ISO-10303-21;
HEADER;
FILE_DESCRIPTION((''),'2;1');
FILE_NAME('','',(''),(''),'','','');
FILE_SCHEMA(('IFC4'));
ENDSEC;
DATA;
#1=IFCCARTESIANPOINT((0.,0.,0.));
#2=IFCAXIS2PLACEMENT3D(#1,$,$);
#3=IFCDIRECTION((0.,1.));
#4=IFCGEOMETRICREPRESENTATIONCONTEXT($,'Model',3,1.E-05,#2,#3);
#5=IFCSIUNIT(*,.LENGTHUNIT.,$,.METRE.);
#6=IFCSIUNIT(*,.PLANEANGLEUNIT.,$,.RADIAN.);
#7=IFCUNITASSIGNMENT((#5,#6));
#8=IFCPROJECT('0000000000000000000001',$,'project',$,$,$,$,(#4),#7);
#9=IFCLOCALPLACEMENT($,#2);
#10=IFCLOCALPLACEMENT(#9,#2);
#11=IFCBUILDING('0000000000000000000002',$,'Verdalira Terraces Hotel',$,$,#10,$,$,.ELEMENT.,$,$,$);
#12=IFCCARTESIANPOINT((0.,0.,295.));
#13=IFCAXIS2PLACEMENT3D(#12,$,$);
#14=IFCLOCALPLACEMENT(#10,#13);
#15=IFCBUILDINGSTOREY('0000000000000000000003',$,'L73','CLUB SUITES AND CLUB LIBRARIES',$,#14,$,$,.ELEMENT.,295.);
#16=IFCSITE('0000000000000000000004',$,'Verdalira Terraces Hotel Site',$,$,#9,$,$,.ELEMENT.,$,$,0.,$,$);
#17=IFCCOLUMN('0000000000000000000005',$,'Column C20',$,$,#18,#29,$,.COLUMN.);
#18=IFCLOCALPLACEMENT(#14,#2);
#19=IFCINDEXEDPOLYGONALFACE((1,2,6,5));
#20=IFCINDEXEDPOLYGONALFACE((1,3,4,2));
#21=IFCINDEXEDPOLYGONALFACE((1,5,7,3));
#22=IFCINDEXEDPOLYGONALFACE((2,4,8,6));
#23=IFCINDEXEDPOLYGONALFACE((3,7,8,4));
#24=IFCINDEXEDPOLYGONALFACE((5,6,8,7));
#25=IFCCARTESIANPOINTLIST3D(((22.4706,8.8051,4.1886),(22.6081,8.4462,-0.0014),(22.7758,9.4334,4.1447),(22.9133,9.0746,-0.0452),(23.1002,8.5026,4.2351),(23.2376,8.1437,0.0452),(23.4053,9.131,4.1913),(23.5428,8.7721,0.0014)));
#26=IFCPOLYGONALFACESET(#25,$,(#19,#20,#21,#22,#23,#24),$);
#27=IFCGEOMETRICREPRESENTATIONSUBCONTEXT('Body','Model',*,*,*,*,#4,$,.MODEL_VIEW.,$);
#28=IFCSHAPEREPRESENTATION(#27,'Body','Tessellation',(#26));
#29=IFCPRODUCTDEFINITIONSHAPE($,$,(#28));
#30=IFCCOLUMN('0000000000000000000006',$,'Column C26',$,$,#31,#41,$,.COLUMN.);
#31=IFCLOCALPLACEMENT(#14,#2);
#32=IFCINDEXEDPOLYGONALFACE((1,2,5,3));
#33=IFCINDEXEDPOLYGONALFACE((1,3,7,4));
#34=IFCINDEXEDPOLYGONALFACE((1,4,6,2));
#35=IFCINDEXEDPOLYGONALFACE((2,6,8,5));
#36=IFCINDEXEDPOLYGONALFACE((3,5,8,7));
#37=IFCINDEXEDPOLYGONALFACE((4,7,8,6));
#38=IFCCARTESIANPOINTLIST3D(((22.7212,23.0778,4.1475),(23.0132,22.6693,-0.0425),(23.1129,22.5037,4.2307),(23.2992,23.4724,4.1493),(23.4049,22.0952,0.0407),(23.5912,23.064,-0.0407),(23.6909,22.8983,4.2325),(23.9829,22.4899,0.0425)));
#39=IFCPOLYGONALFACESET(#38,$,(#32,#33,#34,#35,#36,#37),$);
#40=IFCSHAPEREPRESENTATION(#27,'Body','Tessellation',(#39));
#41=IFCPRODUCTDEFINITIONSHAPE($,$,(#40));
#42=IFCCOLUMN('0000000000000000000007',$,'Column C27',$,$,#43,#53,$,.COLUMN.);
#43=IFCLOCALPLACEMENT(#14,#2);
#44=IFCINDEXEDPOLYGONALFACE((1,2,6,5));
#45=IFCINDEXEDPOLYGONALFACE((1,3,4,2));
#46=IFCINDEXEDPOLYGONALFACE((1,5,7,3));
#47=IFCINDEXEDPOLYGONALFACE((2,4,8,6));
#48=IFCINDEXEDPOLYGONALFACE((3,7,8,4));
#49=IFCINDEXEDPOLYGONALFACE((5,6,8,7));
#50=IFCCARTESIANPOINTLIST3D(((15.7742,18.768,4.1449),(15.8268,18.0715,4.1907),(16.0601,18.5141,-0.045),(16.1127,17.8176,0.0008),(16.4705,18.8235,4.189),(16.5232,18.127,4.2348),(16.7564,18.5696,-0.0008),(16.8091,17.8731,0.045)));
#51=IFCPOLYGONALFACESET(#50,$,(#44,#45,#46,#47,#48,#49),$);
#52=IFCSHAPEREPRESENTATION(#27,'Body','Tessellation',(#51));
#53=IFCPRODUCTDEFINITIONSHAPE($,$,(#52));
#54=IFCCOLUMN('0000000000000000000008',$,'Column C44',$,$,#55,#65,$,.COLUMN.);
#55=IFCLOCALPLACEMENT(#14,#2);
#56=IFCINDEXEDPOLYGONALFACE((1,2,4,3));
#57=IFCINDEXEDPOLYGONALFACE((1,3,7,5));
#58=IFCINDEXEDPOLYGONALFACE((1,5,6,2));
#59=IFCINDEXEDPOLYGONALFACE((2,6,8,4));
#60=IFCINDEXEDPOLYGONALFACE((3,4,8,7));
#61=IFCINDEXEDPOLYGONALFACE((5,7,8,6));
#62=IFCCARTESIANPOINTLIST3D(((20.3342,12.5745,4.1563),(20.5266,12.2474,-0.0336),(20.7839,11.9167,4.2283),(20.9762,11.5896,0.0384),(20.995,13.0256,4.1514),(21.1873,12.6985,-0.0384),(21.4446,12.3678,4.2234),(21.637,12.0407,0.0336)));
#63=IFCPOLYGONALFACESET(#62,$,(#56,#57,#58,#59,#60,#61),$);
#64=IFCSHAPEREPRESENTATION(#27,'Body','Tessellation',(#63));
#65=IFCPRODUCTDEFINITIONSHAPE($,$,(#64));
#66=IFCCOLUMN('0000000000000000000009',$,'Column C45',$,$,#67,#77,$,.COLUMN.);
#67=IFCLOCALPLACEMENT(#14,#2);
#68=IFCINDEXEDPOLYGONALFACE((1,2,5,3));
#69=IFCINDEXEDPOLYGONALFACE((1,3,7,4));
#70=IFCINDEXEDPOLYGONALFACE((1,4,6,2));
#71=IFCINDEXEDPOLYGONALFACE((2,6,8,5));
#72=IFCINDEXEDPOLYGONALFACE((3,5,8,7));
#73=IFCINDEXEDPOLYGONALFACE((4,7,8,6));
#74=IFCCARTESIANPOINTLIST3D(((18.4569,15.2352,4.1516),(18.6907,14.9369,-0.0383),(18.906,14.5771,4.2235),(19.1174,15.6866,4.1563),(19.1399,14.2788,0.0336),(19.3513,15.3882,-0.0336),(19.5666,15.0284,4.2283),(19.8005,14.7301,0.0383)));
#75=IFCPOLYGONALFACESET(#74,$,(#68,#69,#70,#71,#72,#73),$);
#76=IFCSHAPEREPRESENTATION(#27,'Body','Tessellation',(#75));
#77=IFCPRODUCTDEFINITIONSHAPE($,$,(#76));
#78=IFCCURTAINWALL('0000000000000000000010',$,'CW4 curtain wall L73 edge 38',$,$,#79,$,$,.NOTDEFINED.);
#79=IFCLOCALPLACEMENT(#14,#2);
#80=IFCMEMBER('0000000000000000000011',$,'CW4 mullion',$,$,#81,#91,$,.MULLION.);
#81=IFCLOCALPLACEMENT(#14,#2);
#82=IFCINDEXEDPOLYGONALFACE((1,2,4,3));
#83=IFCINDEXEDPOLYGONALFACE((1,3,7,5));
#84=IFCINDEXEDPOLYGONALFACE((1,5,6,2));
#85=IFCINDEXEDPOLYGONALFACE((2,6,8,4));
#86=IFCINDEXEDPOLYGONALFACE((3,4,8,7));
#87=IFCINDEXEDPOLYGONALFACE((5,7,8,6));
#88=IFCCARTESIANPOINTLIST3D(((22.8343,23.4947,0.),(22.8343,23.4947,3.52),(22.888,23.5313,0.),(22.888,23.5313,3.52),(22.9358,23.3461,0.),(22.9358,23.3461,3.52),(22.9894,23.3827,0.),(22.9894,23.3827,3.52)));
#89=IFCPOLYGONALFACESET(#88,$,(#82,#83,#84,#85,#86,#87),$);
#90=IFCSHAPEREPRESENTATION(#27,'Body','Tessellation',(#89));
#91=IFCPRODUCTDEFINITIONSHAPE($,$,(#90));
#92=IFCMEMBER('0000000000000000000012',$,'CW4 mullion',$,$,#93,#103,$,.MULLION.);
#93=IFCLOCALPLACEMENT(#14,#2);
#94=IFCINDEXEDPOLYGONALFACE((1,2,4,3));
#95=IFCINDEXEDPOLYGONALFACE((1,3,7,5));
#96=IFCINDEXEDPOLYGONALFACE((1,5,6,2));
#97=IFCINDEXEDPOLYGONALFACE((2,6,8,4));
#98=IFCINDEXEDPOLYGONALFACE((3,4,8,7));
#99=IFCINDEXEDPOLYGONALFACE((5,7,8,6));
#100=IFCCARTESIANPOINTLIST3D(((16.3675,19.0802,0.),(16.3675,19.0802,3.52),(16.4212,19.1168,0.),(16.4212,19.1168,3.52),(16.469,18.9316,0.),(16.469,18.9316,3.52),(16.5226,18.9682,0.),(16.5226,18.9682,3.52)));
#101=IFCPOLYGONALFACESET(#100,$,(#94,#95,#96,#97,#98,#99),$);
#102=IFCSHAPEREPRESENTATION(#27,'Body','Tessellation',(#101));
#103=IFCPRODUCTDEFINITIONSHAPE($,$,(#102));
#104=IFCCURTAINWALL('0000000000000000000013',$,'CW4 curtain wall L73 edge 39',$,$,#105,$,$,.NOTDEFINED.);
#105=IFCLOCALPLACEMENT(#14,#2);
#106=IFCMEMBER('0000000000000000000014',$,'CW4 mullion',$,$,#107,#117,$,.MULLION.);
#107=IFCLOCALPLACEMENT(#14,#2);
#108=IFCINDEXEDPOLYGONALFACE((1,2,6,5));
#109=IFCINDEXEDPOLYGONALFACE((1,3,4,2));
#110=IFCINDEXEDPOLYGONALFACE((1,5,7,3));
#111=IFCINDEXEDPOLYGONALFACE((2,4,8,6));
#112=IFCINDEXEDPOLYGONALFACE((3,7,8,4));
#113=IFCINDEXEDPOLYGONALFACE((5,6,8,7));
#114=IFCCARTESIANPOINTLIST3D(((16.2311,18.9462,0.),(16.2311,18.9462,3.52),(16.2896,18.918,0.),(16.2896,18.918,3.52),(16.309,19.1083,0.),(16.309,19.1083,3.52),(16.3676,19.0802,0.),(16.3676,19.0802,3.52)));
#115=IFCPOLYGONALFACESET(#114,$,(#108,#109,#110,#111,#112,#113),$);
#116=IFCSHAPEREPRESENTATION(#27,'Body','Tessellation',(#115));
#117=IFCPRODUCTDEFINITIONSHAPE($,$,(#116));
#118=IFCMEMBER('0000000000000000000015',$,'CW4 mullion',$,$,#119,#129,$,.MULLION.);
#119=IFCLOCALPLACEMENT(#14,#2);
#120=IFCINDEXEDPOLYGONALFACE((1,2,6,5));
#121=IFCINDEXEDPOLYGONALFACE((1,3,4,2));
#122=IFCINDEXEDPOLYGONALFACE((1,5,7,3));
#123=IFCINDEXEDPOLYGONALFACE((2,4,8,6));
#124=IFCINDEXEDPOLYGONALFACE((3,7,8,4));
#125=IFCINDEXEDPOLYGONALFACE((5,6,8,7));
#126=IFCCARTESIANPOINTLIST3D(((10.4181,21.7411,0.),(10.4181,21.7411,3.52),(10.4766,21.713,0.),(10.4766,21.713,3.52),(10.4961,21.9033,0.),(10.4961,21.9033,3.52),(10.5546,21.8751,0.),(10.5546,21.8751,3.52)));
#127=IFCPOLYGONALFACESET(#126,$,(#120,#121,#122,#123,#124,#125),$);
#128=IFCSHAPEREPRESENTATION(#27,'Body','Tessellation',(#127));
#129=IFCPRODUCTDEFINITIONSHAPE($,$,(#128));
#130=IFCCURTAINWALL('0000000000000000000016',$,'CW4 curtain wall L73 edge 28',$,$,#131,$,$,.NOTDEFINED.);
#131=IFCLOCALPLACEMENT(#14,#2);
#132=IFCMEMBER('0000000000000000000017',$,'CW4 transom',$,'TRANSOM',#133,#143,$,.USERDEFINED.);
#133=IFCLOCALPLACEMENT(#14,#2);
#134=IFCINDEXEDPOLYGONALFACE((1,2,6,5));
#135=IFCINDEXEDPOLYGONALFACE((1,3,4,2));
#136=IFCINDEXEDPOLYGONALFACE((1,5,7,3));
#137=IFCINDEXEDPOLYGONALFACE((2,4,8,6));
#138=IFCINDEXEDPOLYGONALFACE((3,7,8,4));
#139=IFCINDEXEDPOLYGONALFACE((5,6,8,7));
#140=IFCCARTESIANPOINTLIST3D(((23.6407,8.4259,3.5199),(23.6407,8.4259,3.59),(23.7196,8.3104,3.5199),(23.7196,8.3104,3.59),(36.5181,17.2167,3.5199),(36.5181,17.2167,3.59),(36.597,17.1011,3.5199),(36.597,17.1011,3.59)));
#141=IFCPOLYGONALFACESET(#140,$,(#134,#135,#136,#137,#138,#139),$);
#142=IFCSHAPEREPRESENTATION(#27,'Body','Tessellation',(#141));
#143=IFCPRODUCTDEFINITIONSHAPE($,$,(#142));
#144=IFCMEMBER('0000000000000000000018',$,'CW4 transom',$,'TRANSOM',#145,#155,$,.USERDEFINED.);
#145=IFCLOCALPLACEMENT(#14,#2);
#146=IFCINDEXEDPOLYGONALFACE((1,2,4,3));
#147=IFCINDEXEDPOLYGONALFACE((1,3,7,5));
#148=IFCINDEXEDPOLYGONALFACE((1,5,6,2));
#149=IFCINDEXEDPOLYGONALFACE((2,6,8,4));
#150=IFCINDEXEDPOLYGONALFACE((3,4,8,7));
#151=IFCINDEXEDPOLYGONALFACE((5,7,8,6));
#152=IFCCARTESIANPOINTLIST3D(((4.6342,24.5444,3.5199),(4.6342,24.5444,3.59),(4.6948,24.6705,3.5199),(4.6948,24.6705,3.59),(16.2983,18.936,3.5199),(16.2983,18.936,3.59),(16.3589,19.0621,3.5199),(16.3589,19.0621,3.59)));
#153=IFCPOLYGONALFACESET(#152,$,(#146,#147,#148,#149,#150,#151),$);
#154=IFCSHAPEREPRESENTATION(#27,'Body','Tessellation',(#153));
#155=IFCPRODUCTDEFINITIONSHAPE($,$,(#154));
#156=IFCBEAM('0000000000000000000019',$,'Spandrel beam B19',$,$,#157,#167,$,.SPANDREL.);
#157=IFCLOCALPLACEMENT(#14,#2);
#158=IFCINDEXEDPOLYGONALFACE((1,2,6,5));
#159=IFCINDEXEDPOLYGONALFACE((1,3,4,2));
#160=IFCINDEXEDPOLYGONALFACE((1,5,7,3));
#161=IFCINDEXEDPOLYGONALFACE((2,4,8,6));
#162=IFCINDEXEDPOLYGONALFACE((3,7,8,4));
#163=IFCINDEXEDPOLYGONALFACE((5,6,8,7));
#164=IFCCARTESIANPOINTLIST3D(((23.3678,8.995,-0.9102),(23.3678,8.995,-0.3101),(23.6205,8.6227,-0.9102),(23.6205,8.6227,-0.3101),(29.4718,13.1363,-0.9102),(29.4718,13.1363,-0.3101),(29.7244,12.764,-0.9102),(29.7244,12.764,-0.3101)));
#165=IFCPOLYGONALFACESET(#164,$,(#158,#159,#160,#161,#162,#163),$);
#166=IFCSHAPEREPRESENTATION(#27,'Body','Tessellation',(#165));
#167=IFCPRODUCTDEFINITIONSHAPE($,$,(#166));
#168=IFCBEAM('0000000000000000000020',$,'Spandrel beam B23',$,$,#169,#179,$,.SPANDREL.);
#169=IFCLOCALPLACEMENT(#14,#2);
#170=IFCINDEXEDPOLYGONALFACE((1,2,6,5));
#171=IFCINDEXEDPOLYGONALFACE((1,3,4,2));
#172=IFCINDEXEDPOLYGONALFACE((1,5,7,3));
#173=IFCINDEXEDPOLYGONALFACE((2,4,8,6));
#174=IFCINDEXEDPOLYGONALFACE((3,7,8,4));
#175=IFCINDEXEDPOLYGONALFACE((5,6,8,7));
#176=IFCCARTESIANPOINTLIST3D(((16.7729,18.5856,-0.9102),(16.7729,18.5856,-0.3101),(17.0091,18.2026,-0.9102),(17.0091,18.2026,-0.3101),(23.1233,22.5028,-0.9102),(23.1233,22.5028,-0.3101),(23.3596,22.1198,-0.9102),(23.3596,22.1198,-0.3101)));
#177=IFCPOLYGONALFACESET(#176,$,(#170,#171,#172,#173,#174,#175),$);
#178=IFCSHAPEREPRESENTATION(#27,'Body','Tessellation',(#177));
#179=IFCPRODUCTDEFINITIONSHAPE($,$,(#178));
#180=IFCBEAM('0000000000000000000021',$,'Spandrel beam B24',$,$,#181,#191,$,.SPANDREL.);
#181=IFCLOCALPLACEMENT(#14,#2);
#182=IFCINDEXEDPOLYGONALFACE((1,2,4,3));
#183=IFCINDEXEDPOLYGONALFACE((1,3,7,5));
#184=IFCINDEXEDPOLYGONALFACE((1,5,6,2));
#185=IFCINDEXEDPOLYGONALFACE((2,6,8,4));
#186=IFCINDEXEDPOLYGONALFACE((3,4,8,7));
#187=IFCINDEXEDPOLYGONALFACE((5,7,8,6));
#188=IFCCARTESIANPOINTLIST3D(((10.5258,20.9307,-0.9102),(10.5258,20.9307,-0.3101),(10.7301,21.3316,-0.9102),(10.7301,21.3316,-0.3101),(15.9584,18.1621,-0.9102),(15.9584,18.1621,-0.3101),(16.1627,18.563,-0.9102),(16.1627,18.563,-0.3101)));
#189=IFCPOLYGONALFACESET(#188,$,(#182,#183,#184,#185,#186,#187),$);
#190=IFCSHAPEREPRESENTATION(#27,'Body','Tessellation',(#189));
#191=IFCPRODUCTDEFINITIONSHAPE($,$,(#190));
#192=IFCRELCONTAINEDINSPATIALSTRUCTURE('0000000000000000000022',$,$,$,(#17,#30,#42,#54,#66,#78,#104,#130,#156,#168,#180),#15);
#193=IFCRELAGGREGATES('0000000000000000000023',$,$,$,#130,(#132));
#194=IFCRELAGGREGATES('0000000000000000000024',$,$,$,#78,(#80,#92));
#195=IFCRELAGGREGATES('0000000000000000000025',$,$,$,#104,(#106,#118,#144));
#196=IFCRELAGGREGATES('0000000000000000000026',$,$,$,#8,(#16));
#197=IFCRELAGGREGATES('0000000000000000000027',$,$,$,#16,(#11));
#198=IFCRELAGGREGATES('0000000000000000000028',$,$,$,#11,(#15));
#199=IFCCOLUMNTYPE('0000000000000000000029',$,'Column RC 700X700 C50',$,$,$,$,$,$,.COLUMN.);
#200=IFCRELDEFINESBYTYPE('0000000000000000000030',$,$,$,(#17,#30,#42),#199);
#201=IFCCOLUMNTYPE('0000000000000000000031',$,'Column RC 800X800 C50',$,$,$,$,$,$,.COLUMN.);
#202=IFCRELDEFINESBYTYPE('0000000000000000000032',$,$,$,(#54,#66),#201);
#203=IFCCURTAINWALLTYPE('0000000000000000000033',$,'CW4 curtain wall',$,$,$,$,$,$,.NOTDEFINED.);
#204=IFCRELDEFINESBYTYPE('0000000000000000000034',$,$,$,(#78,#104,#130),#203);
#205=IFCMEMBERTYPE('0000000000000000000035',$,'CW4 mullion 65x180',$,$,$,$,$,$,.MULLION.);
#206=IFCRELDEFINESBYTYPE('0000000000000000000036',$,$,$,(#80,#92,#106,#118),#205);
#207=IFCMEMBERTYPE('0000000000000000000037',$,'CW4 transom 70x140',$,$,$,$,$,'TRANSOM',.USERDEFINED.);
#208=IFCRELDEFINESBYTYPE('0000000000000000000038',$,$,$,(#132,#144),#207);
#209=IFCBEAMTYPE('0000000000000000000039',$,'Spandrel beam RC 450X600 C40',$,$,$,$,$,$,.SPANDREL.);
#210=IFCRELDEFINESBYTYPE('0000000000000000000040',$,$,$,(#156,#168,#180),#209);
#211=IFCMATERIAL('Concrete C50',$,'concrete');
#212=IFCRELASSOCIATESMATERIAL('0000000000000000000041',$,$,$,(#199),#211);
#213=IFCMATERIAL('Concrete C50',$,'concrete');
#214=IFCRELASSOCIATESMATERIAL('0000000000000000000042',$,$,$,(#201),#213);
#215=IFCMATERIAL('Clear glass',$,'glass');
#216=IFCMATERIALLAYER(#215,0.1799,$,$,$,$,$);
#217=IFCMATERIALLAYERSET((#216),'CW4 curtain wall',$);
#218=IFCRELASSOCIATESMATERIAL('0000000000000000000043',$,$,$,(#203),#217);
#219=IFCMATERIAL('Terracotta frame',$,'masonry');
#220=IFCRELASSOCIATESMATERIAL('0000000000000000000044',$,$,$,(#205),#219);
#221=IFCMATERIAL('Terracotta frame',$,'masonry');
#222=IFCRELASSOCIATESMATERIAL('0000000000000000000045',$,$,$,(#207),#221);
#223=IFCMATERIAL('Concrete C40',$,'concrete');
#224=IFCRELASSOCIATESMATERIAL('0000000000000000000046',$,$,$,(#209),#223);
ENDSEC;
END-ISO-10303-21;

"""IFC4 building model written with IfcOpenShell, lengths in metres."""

from ifc_helpers import new_model, si_unit, direction, frame, origin, origin_2d, place, context, subcontext, project, spatial, rectangle, extrude, material, layer, layer_set, material_profile, profile_set, type_object, element, aggregate, save


model = new_model("IFC4")

# Units and contexts
model_context = context("Model", 3, precision=1e-05, world=origin(), true_north=direction((0.0, 1.0)))
body_context = subcontext(model_context, "Body", "Model", "MODEL_VIEW")
ifc_project = project(units=[si_unit("LENGTHUNIT", "METRE"), si_unit("PLANEANGLEUNIT", "RADIAN")], contexts=[model_context])

# Site, building, storey
site_placement = place(None, origin())
site = spatial("IfcSite", under=ifc_project, at=site_placement, Name="Verdalira Terraces Hotel Site", CompositionType="ELEMENT", RefElevation=0.0)
building_placement = place(site_placement, origin())
building = spatial("IfcBuilding", under=site, at=building_placement, Name="Verdalira Terraces Hotel", CompositionType="ELEMENT")
storey_placement = place(building_placement, frame((0.0, 0.0, 295.0)))
storey = spatial("IfcBuildingStorey", under=building, at=storey_placement, Name="L73", Description="CLUB SUITES AND CLUB LIBRARIES", CompositionType="ELEMENT", Elevation=295.0)

# Columns
ifc_material_1 = material(Name="Concrete C50", Category="concrete")
ifc_material_profile_1 = material_profile(ifc_material_1, rectangle(XDim=0.7, YDim=0.7, at=origin_2d()), Name="RC 700X700")
ifc_profile_set_1 = profile_set([ifc_material_profile_1], Name="Concrete C50")
column_type_1 = type_object("IfcColumnType", Name="Column RC 700X700 C50", PredefinedType="COLUMN", material=ifc_profile_set_1)
column_1_placement = place(storey_placement, frame((23.0754, 8.6091, 0.0), z_axis=(-0.032668, 0.085296, 0.99582), x_axis=(-0.435989, -0.897773, 0.062596)))
element("IfcColumn", 1, at=column_1_placement, inside=storey, type_object=column_type_1, Name="Column C20", PredefinedType="COLUMN", context=body_context, shape_type="SweptSolid", body=[
    extrude(rectangle(XDim=0.7, YDim=0.7, at=origin_2d()), origin(), (0.0, 0.0, 1.0), 4.2075),
])
column_2_placement = place(storey_placement, frame((23.498, 22.5796, 0.0), z_axis=(-0.069194, 0.09679, 0.992897), x_axis=(-0.82587, -0.563854, -0.002588)))
element("IfcColumn", 2, at=column_2_placement, inside=storey, type_object=column_type_1, Name="Column C26", PredefinedType="COLUMN", context=body_context, shape_type="SweptSolid", body=[
    extrude(rectangle(XDim=0.7, YDim=0.7, at=origin_2d()), origin(), (0.0, 0.0, 1.0), 4.22),
])
column_3_placement = place(storey_placement, frame((16.4346, 18.1936, 0.0), z_axis=(-0.06795, 0.060348, 0.995862), x_axis=(0.994849, 0.079351, 0.063072)))
element("IfcColumn", 3, at=column_3_placement, inside=storey, type_object=column_type_1, Name="Column C27", PredefinedType="COLUMN", context=body_context, shape_type="SweptSolid", body=[
    extrude(rectangle(XDim=0.7, YDim=0.7, at=origin_2d()), origin(), (0.0, 0.0, 1.0), 4.2073),
])
ifc_material_2 = material(Name="Concrete C50", Category="concrete")
ifc_material_profile_2 = material_profile(ifc_material_2, rectangle(XDim=0.8, YDim=0.8, at=origin_2d()), Name="RC 800X800")
ifc_profile_set_2 = profile_set([ifc_material_profile_2], Name="Concrete C50")
column_type_2 = type_object("IfcColumnType", Name="Column RC 800X800 C50", PredefinedType="COLUMN", material=ifc_profile_set_2)
for number, where, z_axis, x_axis, name in (
    (4, (21.0818, 12.144, 0.0), (-0.045728, 0.077761, 0.995923), (0.825861, 0.563841, -0.006105), "Column C44"),
    (5, (19.2456, 14.8335, 0.0), (-0.055594, 0.070914, 0.995932), (0.825664, 0.564131, 0.005921), "Column C45"),
):
    element("IfcColumn", number, at=place(storey_placement, frame(where, z_axis=z_axis, x_axis=x_axis)), inside=storey, type_object=column_type_2, Name=name, PredefinedType="COLUMN", context=body_context, shape_type="SweptSolid", body=[
        extrude(rectangle(XDim=0.8, YDim=0.8, at=origin_2d()), origin(), (0.0, 0.0, 1.0), 4.207),
    ])

# Curtain walls, members
ifc_material_3 = material(Name="Clear glass", Category="glass")
ifc_layer_1 = layer(ifc_material_3, 0.1799)
ifc_layer_set_1 = layer_set([ifc_layer_1], Name="CW4 curtain wall")
curtain_wall_type = type_object("IfcCurtainWallType", Name="CW4 curtain wall", PredefinedType="NOTDEFINED", material=ifc_layer_set_1)
curtain_wall_1_placement = place(storey_placement, origin())
curtain_wall_1 = element("IfcCurtainWall", 6, at=curtain_wall_1_placement, inside=storey, type_object=curtain_wall_type, Name="CW4 curtain wall L73 edge 38", PredefinedType="NOTDEFINED")
ifc_material_4 = material(Name="Terracotta frame", Category="masonry")
ifc_material_profile_3 = material_profile(ifc_material_4, rectangle(XDim=0.0649, YDim=0.1799, at=origin_2d()), Name="MU 65x180")
ifc_profile_set_3 = profile_set([ifc_material_profile_3], Name="Terracotta frame")
member_type_1 = type_object("IfcMemberType", Name="CW4 mullion 65x180", PredefinedType="MULLION", material=ifc_profile_set_3)
member_1_placement = place(storey_placement, frame((22.9119, 23.4387, 0.0), z_axis=(0.0, 0.0, 1.0), x_axis=(-0.825902, -0.563814, 0.0)))
member_1 = element("IfcMember", 7, at=member_1_placement, type_object=member_type_1, Name="CW4 mullion", PredefinedType="MULLION", context=body_context, shape_type="SweptSolid", body=[
    extrude(rectangle(XDim=0.0649, YDim=0.1799, at=origin_2d()), origin(), (0.0, 0.0, 1.0), 3.52),
])
member_2_placement = place(storey_placement, frame((16.4451, 19.0242, 0.0), z_axis=(0.0, 0.0, 1.0), x_axis=(-0.825902, -0.563814, 0.0)))
member_2 = element("IfcMember", 8, at=member_2_placement, type_object=member_type_1, Name="CW4 mullion", PredefinedType="MULLION", context=body_context, shape_type="SweptSolid", body=[
    extrude(rectangle(XDim=0.0649, YDim=0.1799, at=origin_2d()), origin(), (0.0, 0.0, 1.0), 3.52),
])
curtain_wall_2_placement = place(storey_placement, origin())
curtain_wall_2 = element("IfcCurtainWall", 9, at=curtain_wall_2_placement, inside=storey, type_object=curtain_wall_type, Name="CW4 curtain wall L73 edge 39", PredefinedType="NOTDEFINED")
member_3_placement = place(storey_placement, frame((16.2993, 19.0132, 0.0), z_axis=(0.0, 0.0, 1.0), x_axis=(-0.901228, 0.433345, 0.0)))
member_3 = element("IfcMember", 10, at=member_3_placement, type_object=member_type_1, Name="CW4 mullion", PredefinedType="MULLION", context=body_context, shape_type="SweptSolid", body=[
    extrude(rectangle(XDim=0.0649, YDim=0.1799, at=origin_2d()), origin(), (0.0, 0.0, 1.0), 3.52),
])
member_4_placement = place(storey_placement, frame((10.4863, 21.8081, 0.0), z_axis=(0.0, 0.0, 1.0), x_axis=(-0.901228, 0.433345, 0.0)))
member_4 = element("IfcMember", 11, at=member_4_placement, type_object=member_type_1, Name="CW4 mullion", PredefinedType="MULLION", context=body_context, shape_type="SweptSolid", body=[
    extrude(rectangle(XDim=0.0649, YDim=0.1799, at=origin_2d()), origin(), (0.0, 0.0, 1.0), 3.52),
])

# Curtain wall, member
curtain_wall_3_placement = place(storey_placement, origin())
curtain_wall_3 = element("IfcCurtainWall", 12, at=curtain_wall_3_placement, inside=storey, type_object=curtain_wall_type, Name="CW4 curtain wall L73 edge 28", PredefinedType="NOTDEFINED")
ifc_material_5 = material(Name="Terracotta frame", Category="masonry")
ifc_material_profile_4 = material_profile(ifc_material_5, rectangle(XDim=0.1399, YDim=0.0701, at=origin_2d()), Name="TR 70x140")
ifc_profile_set_4 = profile_set([ifc_material_profile_4], Name="Terracotta frame")
member_type_2 = type_object("IfcMemberType", Name="CW4 transom 70x140", ElementType="TRANSOM", PredefinedType="USERDEFINED", material=ifc_profile_set_4)
member_5_placement = place(storey_placement, frame((23.6802, 8.3682, 3.5549), z_axis=(0.825908, 0.563805, 0.0), x_axis=(-0.563805, 0.825908, 0.0)))
member_5 = element("IfcMember", 13, at=member_5_placement, type_object=member_type_2, Name="CW4 transom", ObjectType="TRANSOM", PredefinedType="USERDEFINED", context=body_context, shape_type="SweptSolid", body=[
    extrude(rectangle(XDim=0.1399, YDim=0.0701, at=origin_2d()), origin(), (0.0, 0.0, 1.0), 15.5918),
])
aggregate(curtain_wall_3, [member_5])

# Member
member_6_placement = place(storey_placement, frame((16.3286, 18.999, 3.5549), z_axis=(-0.901232, 0.433337, 0.0), x_axis=(-0.433337, -0.901232, 0.0)))
member_6 = element("IfcMember", 14, at=member_6_placement, type_object=member_type_2, Name="CW4 transom", ObjectType="TRANSOM", PredefinedType="USERDEFINED", context=body_context, shape_type="SweptSolid", body=[
    extrude(rectangle(XDim=0.1399, YDim=0.0701, at=origin_2d()), origin(), (0.0, 0.0, 1.0), 12.9424),
])

# Beams
ifc_material_6 = material(Name="Concrete C40", Category="concrete")
ifc_material_profile_5 = material_profile(ifc_material_6, rectangle(XDim=0.45, YDim=0.6001, at=origin_2d()), Name="RC 450X600")
ifc_profile_set_5 = profile_set([ifc_material_profile_5], Name="Concrete C40")
beam_type = type_object("IfcBeamType", Name="Spandrel beam RC 450X600 C40", PredefinedType="SPANDREL", material=ifc_profile_set_5)
beam_1_placement = place(storey_placement, frame((23.4941, 8.8088, -0.6101), z_axis=(0.827516, 0.561442, 0.0), x_axis=(-0.561442, 0.827516, 0.0)))
element("IfcBeam", 15, at=beam_1_placement, inside=storey, type_object=beam_type, Name="Spandrel beam B19", PredefinedType="SPANDREL", context=body_context, shape_type="SweptSolid", body=[
    extrude(rectangle(XDim=0.45, YDim=0.6001, at=origin_2d()), origin(), (0.0, 0.0, 1.0), 7.3762),
])
beam_2_placement = place(storey_placement, frame((23.2415, 22.3113, -0.6101), z_axis=(-0.851108, -0.52499, 0.0), x_axis=(0.52499, -0.851108, 0.0)))
element("IfcBeam", 16, at=beam_2_placement, inside=storey, type_object=beam_type, Name="Spandrel beam B23", PredefinedType="SPANDREL", context=body_context, shape_type="SweptSolid", body=[
    extrude(rectangle(XDim=0.45, YDim=0.6001, at=origin_2d()), origin(), (0.0, 0.0, 1.0), 7.4614),
])
beam_3_placement = place(storey_placement, frame((16.0605, 18.3625, -0.6101), z_axis=(-0.890973, 0.454055, 0.0), x_axis=(-0.454055, -0.890973, 0.0)))
element("IfcBeam", 17, at=beam_3_placement, inside=storey, type_object=beam_type, Name="Spandrel beam B24", PredefinedType="SPANDREL", context=body_context, shape_type="SweptSolid", body=[
    extrude(rectangle(XDim=0.45, YDim=0.6001, at=origin_2d()), origin(), (0.0, 0.0, 1.0), 6.0974),
])

aggregate(curtain_wall_1, [member_1, member_2])
aggregate(curtain_wall_2, [member_3, member_4, member_6])

save(model, "model.ifc")
